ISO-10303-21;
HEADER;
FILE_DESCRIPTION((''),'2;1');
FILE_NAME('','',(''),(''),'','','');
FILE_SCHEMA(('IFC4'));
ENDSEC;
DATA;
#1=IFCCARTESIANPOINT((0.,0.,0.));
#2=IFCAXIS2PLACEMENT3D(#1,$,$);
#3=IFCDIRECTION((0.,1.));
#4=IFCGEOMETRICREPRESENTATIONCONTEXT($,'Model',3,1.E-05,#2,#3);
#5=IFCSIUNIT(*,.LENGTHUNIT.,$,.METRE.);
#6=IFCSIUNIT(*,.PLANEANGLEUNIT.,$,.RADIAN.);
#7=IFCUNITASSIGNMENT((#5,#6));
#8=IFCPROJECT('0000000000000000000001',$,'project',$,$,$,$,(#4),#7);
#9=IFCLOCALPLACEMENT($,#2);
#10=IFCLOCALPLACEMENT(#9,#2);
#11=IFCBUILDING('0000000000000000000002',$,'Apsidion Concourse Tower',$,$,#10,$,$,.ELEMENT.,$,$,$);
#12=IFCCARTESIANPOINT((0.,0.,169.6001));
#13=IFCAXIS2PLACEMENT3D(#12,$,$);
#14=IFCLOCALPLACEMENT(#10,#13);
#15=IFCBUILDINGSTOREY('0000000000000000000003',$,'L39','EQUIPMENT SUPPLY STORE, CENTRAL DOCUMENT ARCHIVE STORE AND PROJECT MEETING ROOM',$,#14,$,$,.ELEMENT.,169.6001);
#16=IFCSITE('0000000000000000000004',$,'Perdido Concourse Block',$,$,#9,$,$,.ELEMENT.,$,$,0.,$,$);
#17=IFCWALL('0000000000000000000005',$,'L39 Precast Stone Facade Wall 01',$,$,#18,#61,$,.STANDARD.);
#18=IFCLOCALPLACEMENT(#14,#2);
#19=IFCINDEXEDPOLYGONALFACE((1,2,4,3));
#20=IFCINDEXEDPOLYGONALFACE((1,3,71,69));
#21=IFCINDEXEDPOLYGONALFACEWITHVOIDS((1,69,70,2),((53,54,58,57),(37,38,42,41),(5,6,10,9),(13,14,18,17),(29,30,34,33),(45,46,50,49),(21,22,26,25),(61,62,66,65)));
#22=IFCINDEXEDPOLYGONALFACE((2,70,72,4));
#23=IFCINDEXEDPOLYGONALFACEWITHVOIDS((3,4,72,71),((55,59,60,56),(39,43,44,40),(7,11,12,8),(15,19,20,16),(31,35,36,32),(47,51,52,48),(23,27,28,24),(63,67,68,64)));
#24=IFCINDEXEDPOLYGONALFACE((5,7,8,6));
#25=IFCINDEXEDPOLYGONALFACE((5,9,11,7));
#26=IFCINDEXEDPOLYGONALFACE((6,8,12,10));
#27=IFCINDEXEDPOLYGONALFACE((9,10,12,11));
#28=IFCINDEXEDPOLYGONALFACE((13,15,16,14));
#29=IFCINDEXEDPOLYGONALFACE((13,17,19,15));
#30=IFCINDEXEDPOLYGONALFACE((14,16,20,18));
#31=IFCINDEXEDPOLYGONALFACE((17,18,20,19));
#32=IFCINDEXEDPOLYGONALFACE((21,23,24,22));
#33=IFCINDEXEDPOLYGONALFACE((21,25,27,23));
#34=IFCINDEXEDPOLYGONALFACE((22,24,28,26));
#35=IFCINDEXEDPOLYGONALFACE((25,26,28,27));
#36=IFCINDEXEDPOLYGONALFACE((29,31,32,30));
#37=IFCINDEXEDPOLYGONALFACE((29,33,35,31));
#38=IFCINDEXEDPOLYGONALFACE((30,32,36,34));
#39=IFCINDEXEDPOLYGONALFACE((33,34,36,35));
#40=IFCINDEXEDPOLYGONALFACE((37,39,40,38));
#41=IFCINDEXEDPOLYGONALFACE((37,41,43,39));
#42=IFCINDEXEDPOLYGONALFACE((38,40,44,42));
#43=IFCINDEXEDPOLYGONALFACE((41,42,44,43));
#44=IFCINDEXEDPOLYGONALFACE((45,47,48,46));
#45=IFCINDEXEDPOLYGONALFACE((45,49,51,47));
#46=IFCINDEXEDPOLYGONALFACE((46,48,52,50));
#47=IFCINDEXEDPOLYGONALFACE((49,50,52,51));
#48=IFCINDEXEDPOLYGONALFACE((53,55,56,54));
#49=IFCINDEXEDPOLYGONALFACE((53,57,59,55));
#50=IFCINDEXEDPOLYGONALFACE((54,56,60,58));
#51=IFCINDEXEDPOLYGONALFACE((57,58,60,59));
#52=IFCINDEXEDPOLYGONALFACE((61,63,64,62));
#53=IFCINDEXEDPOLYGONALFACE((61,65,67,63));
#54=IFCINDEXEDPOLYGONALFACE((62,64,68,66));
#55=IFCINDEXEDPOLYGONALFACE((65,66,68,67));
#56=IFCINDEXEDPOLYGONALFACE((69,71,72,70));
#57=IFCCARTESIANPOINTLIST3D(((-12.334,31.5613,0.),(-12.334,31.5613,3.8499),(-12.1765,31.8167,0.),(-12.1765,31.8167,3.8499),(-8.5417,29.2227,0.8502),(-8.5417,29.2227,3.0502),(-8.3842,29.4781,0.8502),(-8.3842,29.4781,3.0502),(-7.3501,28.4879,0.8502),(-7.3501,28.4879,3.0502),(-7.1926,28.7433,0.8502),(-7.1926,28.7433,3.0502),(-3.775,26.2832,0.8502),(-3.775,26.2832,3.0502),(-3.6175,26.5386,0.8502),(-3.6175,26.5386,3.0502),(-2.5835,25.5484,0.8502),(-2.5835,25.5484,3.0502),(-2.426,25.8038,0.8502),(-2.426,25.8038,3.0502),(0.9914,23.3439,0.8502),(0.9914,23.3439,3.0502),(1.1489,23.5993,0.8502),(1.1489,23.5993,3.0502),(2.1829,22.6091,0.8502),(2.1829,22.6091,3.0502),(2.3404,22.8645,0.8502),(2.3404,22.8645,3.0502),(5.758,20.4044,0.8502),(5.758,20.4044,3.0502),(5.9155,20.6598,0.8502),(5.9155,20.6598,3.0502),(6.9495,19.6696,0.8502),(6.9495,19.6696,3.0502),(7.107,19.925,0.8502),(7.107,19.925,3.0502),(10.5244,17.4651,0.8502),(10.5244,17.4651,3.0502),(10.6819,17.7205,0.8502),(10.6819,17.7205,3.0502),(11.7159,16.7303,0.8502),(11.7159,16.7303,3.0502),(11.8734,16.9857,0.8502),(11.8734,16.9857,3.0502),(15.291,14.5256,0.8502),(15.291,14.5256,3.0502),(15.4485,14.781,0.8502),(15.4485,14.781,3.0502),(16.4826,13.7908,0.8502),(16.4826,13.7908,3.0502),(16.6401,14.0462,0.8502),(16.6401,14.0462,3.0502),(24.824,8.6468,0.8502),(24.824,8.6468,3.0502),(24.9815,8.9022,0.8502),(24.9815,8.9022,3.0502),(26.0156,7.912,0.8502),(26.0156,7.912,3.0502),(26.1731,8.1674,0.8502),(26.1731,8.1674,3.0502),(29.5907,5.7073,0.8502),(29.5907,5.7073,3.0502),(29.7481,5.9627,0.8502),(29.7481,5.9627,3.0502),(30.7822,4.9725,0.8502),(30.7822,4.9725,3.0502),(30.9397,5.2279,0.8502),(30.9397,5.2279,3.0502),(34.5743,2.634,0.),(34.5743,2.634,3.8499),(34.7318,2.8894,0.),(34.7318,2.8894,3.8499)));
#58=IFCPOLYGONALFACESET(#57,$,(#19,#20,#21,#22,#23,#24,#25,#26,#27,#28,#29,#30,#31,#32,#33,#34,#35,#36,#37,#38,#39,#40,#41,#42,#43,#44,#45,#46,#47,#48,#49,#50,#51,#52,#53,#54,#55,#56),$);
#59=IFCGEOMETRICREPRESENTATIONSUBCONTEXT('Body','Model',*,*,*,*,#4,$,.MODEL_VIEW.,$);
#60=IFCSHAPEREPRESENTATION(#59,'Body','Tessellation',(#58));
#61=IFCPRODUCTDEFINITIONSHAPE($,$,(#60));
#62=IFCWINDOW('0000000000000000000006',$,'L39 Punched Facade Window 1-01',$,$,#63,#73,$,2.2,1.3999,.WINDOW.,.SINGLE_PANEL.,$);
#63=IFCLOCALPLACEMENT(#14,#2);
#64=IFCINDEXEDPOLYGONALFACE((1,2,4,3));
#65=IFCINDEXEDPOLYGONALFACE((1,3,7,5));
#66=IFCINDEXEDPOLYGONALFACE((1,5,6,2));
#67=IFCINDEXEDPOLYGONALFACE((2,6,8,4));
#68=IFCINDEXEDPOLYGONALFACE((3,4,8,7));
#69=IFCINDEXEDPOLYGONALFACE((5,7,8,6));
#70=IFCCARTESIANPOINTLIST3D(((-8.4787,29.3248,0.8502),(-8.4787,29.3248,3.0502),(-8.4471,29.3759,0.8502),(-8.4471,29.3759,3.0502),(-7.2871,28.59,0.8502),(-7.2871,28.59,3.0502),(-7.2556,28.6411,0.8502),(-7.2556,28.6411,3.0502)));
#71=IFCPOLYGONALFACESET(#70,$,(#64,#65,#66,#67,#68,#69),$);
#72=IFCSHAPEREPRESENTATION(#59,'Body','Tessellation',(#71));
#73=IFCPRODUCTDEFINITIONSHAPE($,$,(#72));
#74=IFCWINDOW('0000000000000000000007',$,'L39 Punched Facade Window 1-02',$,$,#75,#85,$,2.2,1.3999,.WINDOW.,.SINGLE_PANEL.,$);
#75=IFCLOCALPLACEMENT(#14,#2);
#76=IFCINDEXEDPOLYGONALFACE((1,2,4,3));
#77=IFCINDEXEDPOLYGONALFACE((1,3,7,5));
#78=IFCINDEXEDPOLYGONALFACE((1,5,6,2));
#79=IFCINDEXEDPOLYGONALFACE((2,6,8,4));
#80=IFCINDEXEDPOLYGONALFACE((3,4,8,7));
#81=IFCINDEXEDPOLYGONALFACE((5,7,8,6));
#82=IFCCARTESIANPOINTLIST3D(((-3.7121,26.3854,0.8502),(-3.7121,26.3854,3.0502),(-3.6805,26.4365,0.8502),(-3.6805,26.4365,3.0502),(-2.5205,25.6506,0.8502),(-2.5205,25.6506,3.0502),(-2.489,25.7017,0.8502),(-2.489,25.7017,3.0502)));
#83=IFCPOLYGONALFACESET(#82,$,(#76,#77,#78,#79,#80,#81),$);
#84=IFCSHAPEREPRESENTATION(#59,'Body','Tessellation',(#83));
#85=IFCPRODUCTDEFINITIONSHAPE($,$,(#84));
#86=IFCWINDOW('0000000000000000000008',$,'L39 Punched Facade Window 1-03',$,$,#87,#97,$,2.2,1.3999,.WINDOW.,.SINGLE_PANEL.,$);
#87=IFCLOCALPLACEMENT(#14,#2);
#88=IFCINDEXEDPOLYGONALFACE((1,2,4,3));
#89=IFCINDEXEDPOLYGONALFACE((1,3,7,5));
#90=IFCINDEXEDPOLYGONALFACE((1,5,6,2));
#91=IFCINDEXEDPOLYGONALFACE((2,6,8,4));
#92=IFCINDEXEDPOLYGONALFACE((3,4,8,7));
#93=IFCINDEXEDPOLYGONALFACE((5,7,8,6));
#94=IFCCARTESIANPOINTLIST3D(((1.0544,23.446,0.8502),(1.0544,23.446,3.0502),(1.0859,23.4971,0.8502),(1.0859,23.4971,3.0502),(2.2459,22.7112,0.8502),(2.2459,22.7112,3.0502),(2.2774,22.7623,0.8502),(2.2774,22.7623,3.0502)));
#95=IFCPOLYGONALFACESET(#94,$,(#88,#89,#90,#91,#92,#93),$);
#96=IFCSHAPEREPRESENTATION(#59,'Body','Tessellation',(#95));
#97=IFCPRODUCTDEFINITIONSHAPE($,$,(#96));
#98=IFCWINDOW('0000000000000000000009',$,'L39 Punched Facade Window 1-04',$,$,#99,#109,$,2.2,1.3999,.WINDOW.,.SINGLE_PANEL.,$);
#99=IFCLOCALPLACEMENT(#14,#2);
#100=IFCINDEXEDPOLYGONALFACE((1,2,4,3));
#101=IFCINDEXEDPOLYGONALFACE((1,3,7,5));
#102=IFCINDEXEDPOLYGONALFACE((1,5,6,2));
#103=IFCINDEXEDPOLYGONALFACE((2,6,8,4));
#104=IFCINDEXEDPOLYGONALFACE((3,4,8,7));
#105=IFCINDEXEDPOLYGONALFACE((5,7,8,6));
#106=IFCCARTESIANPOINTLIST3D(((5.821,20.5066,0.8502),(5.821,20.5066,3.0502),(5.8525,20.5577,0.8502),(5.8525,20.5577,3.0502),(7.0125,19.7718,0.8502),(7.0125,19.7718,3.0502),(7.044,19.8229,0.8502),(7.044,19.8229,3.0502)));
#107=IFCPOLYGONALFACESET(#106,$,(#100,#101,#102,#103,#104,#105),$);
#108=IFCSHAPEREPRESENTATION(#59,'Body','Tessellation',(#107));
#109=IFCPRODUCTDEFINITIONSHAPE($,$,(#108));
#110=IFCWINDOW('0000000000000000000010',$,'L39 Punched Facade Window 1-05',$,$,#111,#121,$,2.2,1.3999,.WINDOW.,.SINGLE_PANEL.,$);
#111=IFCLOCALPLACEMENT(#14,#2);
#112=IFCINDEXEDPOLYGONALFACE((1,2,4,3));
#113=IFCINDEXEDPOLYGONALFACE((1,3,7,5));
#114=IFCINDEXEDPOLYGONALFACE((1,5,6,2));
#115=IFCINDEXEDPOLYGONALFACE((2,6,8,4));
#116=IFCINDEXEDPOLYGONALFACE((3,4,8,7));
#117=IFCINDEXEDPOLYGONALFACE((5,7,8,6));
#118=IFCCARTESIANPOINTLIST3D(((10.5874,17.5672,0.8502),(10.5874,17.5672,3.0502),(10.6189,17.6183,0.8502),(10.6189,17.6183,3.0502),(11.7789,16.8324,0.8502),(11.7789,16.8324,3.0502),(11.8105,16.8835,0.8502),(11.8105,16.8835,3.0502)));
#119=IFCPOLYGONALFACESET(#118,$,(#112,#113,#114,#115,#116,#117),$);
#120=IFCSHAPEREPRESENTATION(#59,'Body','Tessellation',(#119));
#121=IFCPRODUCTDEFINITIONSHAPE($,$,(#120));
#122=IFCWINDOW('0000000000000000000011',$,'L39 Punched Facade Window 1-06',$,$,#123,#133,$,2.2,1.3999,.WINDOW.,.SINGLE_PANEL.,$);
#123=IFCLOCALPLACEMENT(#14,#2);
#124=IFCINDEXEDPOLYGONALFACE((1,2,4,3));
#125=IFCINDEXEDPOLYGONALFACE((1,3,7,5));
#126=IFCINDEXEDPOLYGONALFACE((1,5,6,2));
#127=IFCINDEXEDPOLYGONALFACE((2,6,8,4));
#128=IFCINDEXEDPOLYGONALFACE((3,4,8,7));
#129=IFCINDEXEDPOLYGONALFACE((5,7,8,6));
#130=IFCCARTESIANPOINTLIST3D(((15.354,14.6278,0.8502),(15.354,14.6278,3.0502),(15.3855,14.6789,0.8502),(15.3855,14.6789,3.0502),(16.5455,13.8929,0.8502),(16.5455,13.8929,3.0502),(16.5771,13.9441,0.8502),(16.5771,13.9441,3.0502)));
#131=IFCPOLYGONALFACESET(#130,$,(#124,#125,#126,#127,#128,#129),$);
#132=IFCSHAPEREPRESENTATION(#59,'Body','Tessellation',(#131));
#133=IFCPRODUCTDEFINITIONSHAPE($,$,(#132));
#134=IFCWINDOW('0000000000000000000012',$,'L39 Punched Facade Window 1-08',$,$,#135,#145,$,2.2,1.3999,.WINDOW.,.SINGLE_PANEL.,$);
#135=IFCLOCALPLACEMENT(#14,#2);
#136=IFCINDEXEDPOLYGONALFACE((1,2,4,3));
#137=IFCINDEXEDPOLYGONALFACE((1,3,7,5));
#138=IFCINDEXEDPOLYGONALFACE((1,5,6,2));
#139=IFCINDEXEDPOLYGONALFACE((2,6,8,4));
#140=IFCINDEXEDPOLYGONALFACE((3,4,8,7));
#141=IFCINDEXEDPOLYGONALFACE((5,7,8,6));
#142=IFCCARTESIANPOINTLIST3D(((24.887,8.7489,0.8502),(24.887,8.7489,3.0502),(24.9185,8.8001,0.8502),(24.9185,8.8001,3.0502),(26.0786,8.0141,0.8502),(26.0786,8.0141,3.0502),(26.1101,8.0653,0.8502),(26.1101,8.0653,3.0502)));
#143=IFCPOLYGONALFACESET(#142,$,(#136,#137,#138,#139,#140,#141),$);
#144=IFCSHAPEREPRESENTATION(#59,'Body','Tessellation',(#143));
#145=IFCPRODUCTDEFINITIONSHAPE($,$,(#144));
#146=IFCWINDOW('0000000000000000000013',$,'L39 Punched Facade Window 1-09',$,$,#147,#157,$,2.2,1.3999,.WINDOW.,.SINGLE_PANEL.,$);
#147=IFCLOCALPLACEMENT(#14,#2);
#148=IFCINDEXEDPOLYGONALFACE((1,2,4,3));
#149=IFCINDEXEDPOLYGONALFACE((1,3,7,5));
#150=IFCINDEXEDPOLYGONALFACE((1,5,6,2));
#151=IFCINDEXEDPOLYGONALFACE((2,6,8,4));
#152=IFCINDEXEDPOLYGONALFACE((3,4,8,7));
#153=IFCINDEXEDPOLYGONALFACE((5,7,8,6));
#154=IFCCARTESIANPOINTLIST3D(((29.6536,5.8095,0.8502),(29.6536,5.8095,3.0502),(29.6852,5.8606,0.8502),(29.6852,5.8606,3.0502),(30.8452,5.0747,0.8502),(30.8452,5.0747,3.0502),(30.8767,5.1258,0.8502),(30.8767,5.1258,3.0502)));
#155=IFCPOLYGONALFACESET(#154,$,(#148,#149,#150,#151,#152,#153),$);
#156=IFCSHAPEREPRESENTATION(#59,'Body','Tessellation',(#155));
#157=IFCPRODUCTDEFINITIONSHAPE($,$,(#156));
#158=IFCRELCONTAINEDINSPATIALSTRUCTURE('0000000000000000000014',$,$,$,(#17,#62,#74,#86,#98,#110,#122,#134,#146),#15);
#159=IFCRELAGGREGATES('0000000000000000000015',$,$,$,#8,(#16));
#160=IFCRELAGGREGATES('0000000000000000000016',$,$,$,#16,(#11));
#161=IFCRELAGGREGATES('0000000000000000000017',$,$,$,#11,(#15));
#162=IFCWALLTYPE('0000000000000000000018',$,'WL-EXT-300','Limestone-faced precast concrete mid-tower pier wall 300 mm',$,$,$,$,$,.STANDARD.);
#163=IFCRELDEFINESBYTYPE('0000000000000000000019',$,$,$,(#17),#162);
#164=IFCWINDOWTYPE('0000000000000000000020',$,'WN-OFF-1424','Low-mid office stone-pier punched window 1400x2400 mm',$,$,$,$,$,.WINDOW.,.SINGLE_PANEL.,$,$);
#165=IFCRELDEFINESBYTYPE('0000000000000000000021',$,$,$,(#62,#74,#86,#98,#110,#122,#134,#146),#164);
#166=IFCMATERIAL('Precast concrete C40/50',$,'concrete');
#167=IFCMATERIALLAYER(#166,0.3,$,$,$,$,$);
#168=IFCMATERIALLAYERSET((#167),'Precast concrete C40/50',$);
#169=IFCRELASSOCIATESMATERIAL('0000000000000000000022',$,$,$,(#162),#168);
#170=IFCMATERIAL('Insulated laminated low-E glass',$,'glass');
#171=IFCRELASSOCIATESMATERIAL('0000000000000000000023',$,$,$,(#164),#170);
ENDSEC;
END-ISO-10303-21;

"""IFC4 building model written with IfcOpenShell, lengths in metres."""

from ifc_helpers import new_model, si_unit, direction, frame, frame_2d, origin, place, context, subcontext, project, spatial, rectangle, extrude, material, layer, layer_set, type_object, element, fill, save


model = new_model("IFC4")

# Units and contexts
model_context = context("Model", 3, precision=1e-05, world=origin(), true_north=direction((0.0, 1.0)))
body_context = subcontext(model_context, "Body", "Model", "MODEL_VIEW")
ifc_project = project(units=[si_unit("LENGTHUNIT", "METRE"), si_unit("PLANEANGLEUNIT", "RADIAN")], contexts=[model_context])

# Site, building, storey
site_placement = place(None, origin())
site = spatial("IfcSite", under=ifc_project, at=site_placement, Name="Perdido Concourse Block", CompositionType="ELEMENT", RefElevation=0.0)
building_placement = place(site_placement, origin())
building = spatial("IfcBuilding", under=site, at=building_placement, Name="Apsidion Concourse Tower", CompositionType="ELEMENT")
storey_placement = place(building_placement, frame((0.0, 0.0, 169.6001)))
storey = spatial("IfcBuildingStorey", under=building, at=storey_placement, Name="L39", Description="EQUIPMENT SUPPLY STORE, CENTRAL DOCUMENT ARCHIVE STORE AND PROJECT MEETING ROOM", CompositionType="ELEMENT", Elevation=169.6001)

# Wall, openings, windows
ifc_material_1 = material(Name="Precast concrete C40/50", Category="concrete")
ifc_layer_1 = layer(ifc_material_1, 0.3)
ifc_layer_set_1 = layer_set([ifc_layer_1], Name="Precast concrete C40/50")
wall_type_1 = type_object("IfcWallType", Name="WL-EXT-300", Description="Limestone-faced precast concrete mid-tower pier wall 300 mm", PredefinedType="STANDARD", material=ifc_layer_set_1)
wall_1_placement = place(storey_placement, frame((-12.2551, 31.689, 0.0), z_axis=(0.0, 0.0, 1.0), x_axis=(0.851167, -0.524896, 0.0)))
wall_1 = element("IfcWall", 1, at=wall_1_placement, inside=storey, type_object=wall_type_1, Name="L39 Precast Stone Facade Wall 01", PredefinedType="STANDARD", context=body_context, shape_type="SweptSolid", body=[
    extrude(rectangle(XDim=55.1106, YDim=0.3, at=frame_2d((27.5552, 0.0))), origin(), (0.0, 0.0, 1.0), 3.8499),
])
opening_1_placement = place(wall_1_placement, frame((4.4553, 0.0, 0.8501)))
opening_1 = element("IfcOpeningElement", 2, at=opening_1_placement, cuts=wall_1, PredefinedType="OPENING", context=body_context, shape_type="SweptSolid", body=[
    extrude(rectangle(XDim=1.3999, YDim=2.2, at=frame_2d((0.7, 1.1001))), frame((0.0, 0.1602, 0.0), z_axis=(0.0, -1.0, 0.0), x_axis=(1.0, 0.0, 0.0)), (0.0, 0.0, 1.0), 0.3201),
])
opening_2_placement = place(wall_1_placement, frame((10.0554, 0.0, 0.8501)))
opening_2 = element("IfcOpeningElement", 3, at=opening_2_placement, cuts=wall_1, PredefinedType="OPENING", context=body_context, shape_type="SweptSolid", body=[
    extrude(rectangle(XDim=1.3999, YDim=2.2, at=frame_2d((0.7, 1.1001))), frame((0.0, 0.1602, 0.0), z_axis=(0.0, -1.0, 0.0), x_axis=(1.0, 0.0, 0.0)), (0.0, 0.0, 1.0), 0.3201),
])
opening_3_placement = place(wall_1_placement, frame((15.6553, 0.0, 0.8501)))
opening_3 = element("IfcOpeningElement", 4, at=opening_3_placement, cuts=wall_1, PredefinedType="OPENING", context=body_context, shape_type="SweptSolid", body=[
    extrude(rectangle(XDim=1.3999, YDim=2.2, at=frame_2d((0.7, 1.1001))), frame((0.0, 0.1602, 0.0), z_axis=(0.0, -1.0, 0.0), x_axis=(1.0, 0.0, 0.0)), (0.0, 0.0, 1.0), 0.3201),
])
opening_4_placement = place(wall_1_placement, frame((21.2554, 0.0, 0.8501)))
opening_4 = element("IfcOpeningElement", 5, at=opening_4_placement, cuts=wall_1, PredefinedType="OPENING", context=body_context, shape_type="SweptSolid", body=[
    extrude(rectangle(XDim=1.3999, YDim=2.2, at=frame_2d((0.7, 1.1001))), frame((0.0, 0.1602, 0.0), z_axis=(0.0, -1.0, 0.0), x_axis=(1.0, 0.0, 0.0)), (0.0, 0.0, 1.0), 0.3201),
])
opening_5_placement = place(wall_1_placement, frame((26.8552, 0.0, 0.8501)))
opening_5 = element("IfcOpeningElement", 6, at=opening_5_placement, cuts=wall_1, PredefinedType="OPENING", context=body_context, shape_type="SweptSolid", body=[
    extrude(rectangle(XDim=1.3999, YDim=2.2, at=frame_2d((0.7, 1.1001))), frame((0.0, 0.1602, 0.0), z_axis=(0.0, -1.0, 0.0), x_axis=(1.0, 0.0, 0.0)), (0.0, 0.0, 1.0), 0.3201),
])
opening_6_placement = place(wall_1_placement, frame((32.4553, 0.0, 0.8501)))
opening_6 = element("IfcOpeningElement", 7, at=opening_6_placement, cuts=wall_1, PredefinedType="OPENING", context=body_context, shape_type="SweptSolid", body=[
    extrude(rectangle(XDim=1.3999, YDim=2.2, at=frame_2d((0.7, 1.1001))), frame((0.0, 0.1602, 0.0), z_axis=(0.0, -1.0, 0.0), x_axis=(1.0, 0.0, 0.0)), (0.0, 0.0, 1.0), 0.3201),
])
opening_7_placement = place(wall_1_placement, frame((43.6553, 0.0, 0.8501)))
opening_7 = element("IfcOpeningElement", 8, at=opening_7_placement, cuts=wall_1, PredefinedType="OPENING", context=body_context, shape_type="SweptSolid", body=[
    extrude(rectangle(XDim=1.3999, YDim=2.2, at=frame_2d((0.7, 1.1001))), frame((0.0, 0.1602, 0.0), z_axis=(0.0, -1.0, 0.0), x_axis=(1.0, 0.0, 0.0)), (0.0, 0.0, 1.0), 0.3201),
])
opening_8_placement = place(wall_1_placement, frame((49.2554, 0.0, 0.8501)))
opening_8 = element("IfcOpeningElement", 9, at=opening_8_placement, cuts=wall_1, PredefinedType="OPENING", context=body_context, shape_type="SweptSolid", body=[
    extrude(rectangle(XDim=1.3999, YDim=2.2, at=frame_2d((0.7, 1.1001))), frame((0.0, 0.1602, 0.0), z_axis=(0.0, -1.0, 0.0), x_axis=(1.0, 0.0, 0.0)), (0.0, 0.0, 1.0), 0.3201),
])
ifc_material_2 = material(Name="Insulated laminated low-E glass", Category="glass")
window_type = type_object("IfcWindowType", Name="WN-OFF-1424", Description="Low-mid office stone-pier punched window 1400x2400 mm", PartitioningType="SINGLE_PANEL", PredefinedType="WINDOW", material=ifc_material_2)
window_1_placement = place(opening_1_placement, origin())
window_1 = element("IfcWindow", 10, at=window_1_placement, inside=storey, type_object=window_type, Name="L39 Punched Facade Window 1-01", OverallHeight=2.2, OverallWidth=1.3999, PartitioningType="SINGLE_PANEL", PredefinedType="WINDOW", context=body_context, shape_type="SweptSolid", body=[
    extrude(rectangle(XDim=1.3999, YDim=2.2, at=frame_2d((0.7, 1.1001))), frame((0.0, 0.03, 0.0), z_axis=(0.0, -1.0, 0.0), x_axis=(1.0, 0.0, 0.0)), (0.0, 0.0, 1.0), 0.0601),
])
fill(opening_1, window_1)
window_2_placement = place(opening_2_placement, origin())
window_2 = element("IfcWindow", 11, at=window_2_placement, inside=storey, type_object=window_type, Name="L39 Punched Facade Window 1-02", OverallHeight=2.2, OverallWidth=1.3999, PartitioningType="SINGLE_PANEL", PredefinedType="WINDOW", context=body_context, shape_type="SweptSolid", body=[
    extrude(rectangle(XDim=1.3999, YDim=2.2, at=frame_2d((0.7, 1.1001))), frame((0.0, 0.03, 0.0), z_axis=(0.0, -1.0, 0.0), x_axis=(1.0, 0.0, 0.0)), (0.0, 0.0, 1.0), 0.0601),
])
fill(opening_2, window_2)
window_3_placement = place(opening_3_placement, origin())
window_3 = element("IfcWindow", 12, at=window_3_placement, inside=storey, type_object=window_type, Name="L39 Punched Facade Window 1-03", OverallHeight=2.2, OverallWidth=1.3999, PartitioningType="SINGLE_PANEL", PredefinedType="WINDOW", context=body_context, shape_type="SweptSolid", body=[
    extrude(rectangle(XDim=1.3999, YDim=2.2, at=frame_2d((0.7, 1.1001))), frame((0.0, 0.03, 0.0), z_axis=(0.0, -1.0, 0.0), x_axis=(1.0, 0.0, 0.0)), (0.0, 0.0, 1.0), 0.0601),
])
fill(opening_3, window_3)
window_4_placement = place(opening_4_placement, origin())
window_4 = element("IfcWindow", 13, at=window_4_placement, inside=storey, type_object=window_type, Name="L39 Punched Facade Window 1-04", OverallHeight=2.2, OverallWidth=1.3999, PartitioningType="SINGLE_PANEL", PredefinedType="WINDOW", context=body_context, shape_type="SweptSolid", body=[
    extrude(rectangle(XDim=1.3999, YDim=2.2, at=frame_2d((0.7, 1.1001))), frame((0.0, 0.03, 0.0), z_axis=(0.0, -1.0, 0.0), x_axis=(1.0, 0.0, 0.0)), (0.0, 0.0, 1.0), 0.0601),
])
fill(opening_4, window_4)
window_5_placement = place(opening_5_placement, origin())
window_5 = element("IfcWindow", 14, at=window_5_placement, inside=storey, type_object=window_type, Name="L39 Punched Facade Window 1-05", OverallHeight=2.2, OverallWidth=1.3999, PartitioningType="SINGLE_PANEL", PredefinedType="WINDOW", context=body_context, shape_type="SweptSolid", body=[
    extrude(rectangle(XDim=1.3999, YDim=2.2, at=frame_2d((0.7, 1.1001))), frame((0.0, 0.03, 0.0), z_axis=(0.0, -1.0, 0.0), x_axis=(1.0, 0.0, 0.0)), (0.0, 0.0, 1.0), 0.0601),
])
fill(opening_5, window_5)
window_6_placement = place(opening_6_placement, origin())
window_6 = element("IfcWindow", 15, at=window_6_placement, inside=storey, type_object=window_type, Name="L39 Punched Facade Window 1-06", OverallHeight=2.2, OverallWidth=1.3999, PartitioningType="SINGLE_PANEL", PredefinedType="WINDOW", context=body_context, shape_type="SweptSolid", body=[
    extrude(rectangle(XDim=1.3999, YDim=2.2, at=frame_2d((0.7, 1.1001))), frame((0.0, 0.03, 0.0), z_axis=(0.0, -1.0, 0.0), x_axis=(1.0, 0.0, 0.0)), (0.0, 0.0, 1.0), 0.0601),
])
fill(opening_6, window_6)
window_7_placement = place(opening_7_placement, origin())
window_7 = element("IfcWindow", 16, at=window_7_placement, inside=storey, type_object=window_type, Name="L39 Punched Facade Window 1-08", OverallHeight=2.2, OverallWidth=1.3999, PartitioningType="SINGLE_PANEL", PredefinedType="WINDOW", context=body_context, shape_type="SweptSolid", body=[
    extrude(rectangle(XDim=1.3999, YDim=2.2, at=frame_2d((0.7, 1.1001))), frame((0.0, 0.03, 0.0), z_axis=(0.0, -1.0, 0.0), x_axis=(1.0, 0.0, 0.0)), (0.0, 0.0, 1.0), 0.0601),
])
fill(opening_7, window_7)
window_8_placement = place(opening_8_placement, origin())
window_8 = element("IfcWindow", 17, at=window_8_placement, inside=storey, type_object=window_type, Name="L39 Punched Facade Window 1-09", OverallHeight=2.2, OverallWidth=1.3999, PartitioningType="SINGLE_PANEL", PredefinedType="WINDOW", context=body_context, shape_type="SweptSolid", body=[
    extrude(rectangle(XDim=1.3999, YDim=2.2, at=frame_2d((0.7, 1.1001))), frame((0.0, 0.03, 0.0), z_axis=(0.0, -1.0, 0.0), x_axis=(1.0, 0.0, 0.0)), (0.0, 0.0, 1.0), 0.0601),
])
fill(opening_8, window_8)

save(model, "model.ifc")
